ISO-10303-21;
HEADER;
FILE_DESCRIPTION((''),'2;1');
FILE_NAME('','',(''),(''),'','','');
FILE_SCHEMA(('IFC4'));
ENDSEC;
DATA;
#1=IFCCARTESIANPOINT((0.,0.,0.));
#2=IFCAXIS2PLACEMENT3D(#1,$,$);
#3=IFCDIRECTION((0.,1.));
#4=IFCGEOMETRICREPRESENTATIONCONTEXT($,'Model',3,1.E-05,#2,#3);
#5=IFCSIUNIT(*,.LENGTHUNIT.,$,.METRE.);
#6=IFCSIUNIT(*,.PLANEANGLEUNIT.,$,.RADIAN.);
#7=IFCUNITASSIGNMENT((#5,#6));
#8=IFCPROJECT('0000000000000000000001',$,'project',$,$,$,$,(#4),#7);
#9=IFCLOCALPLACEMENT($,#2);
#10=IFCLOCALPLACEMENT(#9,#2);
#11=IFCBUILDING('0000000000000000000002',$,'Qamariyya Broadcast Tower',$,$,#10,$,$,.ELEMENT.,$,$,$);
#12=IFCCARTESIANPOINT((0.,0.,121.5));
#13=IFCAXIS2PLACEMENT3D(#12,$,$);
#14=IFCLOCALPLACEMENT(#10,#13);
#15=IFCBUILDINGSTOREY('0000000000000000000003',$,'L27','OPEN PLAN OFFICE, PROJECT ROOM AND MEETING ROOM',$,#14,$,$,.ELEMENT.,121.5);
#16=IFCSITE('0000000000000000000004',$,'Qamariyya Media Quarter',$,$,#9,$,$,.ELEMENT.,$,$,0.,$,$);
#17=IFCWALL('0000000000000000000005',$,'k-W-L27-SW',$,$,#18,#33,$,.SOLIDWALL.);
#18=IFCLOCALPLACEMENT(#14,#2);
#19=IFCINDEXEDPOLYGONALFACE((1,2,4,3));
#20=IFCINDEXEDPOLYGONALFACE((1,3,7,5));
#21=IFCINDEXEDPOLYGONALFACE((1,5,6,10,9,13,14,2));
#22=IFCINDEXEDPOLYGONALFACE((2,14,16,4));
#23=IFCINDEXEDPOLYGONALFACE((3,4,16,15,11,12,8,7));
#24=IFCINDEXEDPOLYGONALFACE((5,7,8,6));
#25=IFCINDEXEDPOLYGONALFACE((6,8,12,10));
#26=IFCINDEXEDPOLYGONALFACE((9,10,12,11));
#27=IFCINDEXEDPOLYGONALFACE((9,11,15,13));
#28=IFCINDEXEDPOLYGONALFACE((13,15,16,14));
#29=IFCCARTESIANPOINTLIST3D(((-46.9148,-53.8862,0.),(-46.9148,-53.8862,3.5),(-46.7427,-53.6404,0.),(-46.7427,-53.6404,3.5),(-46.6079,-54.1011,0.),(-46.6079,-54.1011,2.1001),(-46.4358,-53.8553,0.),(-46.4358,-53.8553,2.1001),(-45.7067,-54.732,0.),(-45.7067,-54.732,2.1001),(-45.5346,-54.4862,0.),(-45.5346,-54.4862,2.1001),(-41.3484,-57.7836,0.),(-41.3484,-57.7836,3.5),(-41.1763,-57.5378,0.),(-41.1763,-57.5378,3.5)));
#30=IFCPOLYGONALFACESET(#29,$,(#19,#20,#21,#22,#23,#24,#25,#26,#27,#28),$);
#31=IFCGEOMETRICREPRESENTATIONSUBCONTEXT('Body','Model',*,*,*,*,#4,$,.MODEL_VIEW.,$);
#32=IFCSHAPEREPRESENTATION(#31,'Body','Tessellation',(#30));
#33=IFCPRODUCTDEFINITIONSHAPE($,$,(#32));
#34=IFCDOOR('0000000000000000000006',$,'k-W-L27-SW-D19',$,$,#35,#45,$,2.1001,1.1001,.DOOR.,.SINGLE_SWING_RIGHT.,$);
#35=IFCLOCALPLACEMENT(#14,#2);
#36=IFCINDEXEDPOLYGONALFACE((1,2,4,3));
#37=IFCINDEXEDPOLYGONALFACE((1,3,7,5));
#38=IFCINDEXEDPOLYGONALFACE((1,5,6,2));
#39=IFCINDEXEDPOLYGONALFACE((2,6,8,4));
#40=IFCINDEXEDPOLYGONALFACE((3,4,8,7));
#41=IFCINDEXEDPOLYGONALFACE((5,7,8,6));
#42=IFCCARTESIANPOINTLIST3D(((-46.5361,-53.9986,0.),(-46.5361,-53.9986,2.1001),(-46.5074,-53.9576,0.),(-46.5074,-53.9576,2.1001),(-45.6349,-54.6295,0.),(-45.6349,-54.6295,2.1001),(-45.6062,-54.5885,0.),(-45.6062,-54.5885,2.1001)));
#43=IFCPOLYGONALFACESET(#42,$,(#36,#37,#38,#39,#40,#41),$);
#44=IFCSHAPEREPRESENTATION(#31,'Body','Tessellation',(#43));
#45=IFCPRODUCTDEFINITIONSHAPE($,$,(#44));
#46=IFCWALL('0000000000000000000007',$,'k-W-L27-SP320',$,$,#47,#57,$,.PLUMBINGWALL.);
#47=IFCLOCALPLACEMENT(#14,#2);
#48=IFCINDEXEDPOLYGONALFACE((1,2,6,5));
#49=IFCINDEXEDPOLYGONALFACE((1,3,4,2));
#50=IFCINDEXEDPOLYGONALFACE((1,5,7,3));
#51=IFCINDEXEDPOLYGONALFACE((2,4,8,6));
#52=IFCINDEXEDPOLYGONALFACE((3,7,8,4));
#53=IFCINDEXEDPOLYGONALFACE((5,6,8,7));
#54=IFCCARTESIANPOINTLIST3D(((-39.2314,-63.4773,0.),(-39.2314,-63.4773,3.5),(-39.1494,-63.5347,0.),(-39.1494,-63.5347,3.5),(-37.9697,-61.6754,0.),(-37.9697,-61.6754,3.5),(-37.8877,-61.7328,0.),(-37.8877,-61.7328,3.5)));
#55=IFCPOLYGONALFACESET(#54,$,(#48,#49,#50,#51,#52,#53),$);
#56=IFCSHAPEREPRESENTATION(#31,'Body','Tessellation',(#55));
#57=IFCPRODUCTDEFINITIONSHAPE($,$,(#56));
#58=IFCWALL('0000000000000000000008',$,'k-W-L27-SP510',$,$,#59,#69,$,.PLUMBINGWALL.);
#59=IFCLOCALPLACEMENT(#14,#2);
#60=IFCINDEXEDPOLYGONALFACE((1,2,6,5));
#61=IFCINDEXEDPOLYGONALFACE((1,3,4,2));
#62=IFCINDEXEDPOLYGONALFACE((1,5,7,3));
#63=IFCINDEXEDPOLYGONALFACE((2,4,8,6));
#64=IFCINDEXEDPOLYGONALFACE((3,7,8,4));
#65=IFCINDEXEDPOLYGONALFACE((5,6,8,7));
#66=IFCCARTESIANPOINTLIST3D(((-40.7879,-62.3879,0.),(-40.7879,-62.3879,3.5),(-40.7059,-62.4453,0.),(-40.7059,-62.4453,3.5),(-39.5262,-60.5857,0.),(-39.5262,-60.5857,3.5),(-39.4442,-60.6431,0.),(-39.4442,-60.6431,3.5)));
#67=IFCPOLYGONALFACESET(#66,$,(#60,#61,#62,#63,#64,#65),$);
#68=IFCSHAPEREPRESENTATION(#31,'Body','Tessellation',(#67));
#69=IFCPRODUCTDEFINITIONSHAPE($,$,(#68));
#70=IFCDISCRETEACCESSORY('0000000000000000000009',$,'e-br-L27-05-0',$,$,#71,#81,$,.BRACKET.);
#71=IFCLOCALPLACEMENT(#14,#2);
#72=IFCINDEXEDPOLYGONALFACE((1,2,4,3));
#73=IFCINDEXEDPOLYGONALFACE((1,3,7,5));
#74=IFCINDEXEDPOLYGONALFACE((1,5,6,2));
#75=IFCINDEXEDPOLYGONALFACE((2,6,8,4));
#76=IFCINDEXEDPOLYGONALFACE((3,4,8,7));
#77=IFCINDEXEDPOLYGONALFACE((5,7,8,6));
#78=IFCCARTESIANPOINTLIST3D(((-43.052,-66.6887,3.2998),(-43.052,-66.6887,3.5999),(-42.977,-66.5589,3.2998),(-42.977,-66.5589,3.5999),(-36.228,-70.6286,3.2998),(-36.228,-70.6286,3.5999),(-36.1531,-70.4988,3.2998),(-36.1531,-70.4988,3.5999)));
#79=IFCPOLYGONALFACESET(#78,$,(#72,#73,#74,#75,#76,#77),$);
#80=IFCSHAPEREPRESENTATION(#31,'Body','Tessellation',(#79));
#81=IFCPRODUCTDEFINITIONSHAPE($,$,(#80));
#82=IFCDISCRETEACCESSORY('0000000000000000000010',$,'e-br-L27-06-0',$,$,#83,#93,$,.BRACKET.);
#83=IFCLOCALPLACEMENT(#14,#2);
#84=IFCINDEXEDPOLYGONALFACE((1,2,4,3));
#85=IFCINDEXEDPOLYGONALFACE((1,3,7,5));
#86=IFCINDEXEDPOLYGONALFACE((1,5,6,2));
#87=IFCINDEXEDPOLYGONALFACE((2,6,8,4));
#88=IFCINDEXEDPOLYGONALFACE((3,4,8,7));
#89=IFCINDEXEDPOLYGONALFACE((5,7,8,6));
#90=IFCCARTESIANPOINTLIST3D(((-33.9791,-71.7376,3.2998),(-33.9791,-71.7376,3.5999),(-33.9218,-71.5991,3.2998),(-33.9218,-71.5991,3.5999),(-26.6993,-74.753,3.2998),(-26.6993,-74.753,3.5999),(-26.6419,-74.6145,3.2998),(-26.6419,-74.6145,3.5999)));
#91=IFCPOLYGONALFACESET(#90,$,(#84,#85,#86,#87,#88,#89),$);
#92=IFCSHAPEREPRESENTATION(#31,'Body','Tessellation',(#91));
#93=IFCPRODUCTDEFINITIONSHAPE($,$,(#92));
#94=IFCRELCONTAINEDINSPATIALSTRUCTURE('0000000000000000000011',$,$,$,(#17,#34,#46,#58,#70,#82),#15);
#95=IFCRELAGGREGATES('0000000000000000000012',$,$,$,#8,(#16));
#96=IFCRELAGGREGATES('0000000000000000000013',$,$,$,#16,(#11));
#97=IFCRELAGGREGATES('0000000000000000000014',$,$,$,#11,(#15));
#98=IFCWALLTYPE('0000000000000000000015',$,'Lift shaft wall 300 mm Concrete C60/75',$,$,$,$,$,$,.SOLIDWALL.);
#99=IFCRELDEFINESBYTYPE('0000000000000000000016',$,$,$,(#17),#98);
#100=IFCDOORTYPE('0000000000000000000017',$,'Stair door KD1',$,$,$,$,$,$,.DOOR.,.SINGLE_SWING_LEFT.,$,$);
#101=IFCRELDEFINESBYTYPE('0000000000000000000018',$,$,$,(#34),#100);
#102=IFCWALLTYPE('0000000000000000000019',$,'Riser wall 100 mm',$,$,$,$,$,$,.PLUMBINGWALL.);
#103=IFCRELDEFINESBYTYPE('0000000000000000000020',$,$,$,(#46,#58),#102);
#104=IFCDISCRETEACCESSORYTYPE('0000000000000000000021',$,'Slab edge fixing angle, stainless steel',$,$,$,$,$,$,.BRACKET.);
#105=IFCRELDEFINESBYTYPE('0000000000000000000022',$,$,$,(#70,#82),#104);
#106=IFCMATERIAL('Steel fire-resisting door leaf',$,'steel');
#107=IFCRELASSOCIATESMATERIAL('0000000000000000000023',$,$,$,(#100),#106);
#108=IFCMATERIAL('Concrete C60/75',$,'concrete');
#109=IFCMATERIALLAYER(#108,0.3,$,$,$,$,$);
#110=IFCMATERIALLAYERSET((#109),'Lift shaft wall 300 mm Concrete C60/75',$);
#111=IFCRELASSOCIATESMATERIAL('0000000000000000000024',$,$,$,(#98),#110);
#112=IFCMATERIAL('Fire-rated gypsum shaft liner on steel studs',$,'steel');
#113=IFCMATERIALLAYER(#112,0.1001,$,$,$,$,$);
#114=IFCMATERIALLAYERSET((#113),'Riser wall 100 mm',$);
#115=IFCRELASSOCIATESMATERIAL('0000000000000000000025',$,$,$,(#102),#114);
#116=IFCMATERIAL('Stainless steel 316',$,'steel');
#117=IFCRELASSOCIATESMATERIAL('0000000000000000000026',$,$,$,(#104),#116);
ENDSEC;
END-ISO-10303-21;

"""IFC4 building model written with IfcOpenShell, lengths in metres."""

from ifc_helpers import new_model, si_unit, direction, frame, frame_2d, origin, origin_2d, place, context, subcontext, project, spatial, rectangle, extrude, material, layer, layer_set, type_object, element, fill, save


model = new_model("IFC4")

# Units and contexts
model_context = context("Model", 3, precision=1e-05, world=origin(), true_north=direction((0.0, 1.0)))
body_context = subcontext(model_context, "Body", "Model", "MODEL_VIEW")
ifc_project = project(units=[si_unit("LENGTHUNIT", "METRE"), si_unit("PLANEANGLEUNIT", "RADIAN")], contexts=[model_context])

# Site, building, storey
site_placement = place(None, origin())
site = spatial("IfcSite", under=ifc_project, at=site_placement, Name="Qamariyya Media Quarter", CompositionType="ELEMENT", RefElevation=0.0)
building_placement = place(site_placement, origin())
building = spatial("IfcBuilding", under=site, at=building_placement, Name="Qamariyya Broadcast Tower", CompositionType="ELEMENT")
storey_placement = place(building_placement, frame((0.0, 0.0, 121.5)))
storey = spatial("IfcBuildingStorey", under=building, at=storey_placement, Name="L27", Description="OPEN PLAN OFFICE, PROJECT ROOM AND MEETING ROOM", CompositionType="ELEMENT", Elevation=121.5)

# Shared definitions
ifc_material_1 = material(Name="Steel fire-resisting door leaf", Category="steel")

# Shared definitions
door_type_1 = type_object("IfcDoorType", Name="Stair door KD1", OperationType="SINGLE_SWING_LEFT", PredefinedType="DOOR", material=ifc_material_1)

# Shared definitions
ifc_material_2 = material(Name="Concrete C60/75", Category="concrete")
ifc_layer_1 = layer(ifc_material_2, 0.3)
ifc_layer_set_1 = layer_set([ifc_layer_1], Name="Lift shaft wall 300 mm Concrete C60/75")
wall_type_1 = type_object("IfcWallType", Name="Lift shaft wall 300 mm Concrete C60/75", PredefinedType="SOLIDWALL", material=ifc_layer_set_1)

# Wall, opening, door
wall_1_placement = place(storey_placement, frame((-41.2625, -57.6606, 0.0), z_axis=(0.0, 0.0, 1.0), x_axis=(-0.819164, 0.573559, 0.0)))
wall_1 = element("IfcWall", 1, at=wall_1_placement, inside=storey, type_object=wall_type_1, Name="k-W-L27-SW", PredefinedType="SOLIDWALL", context=body_context, shape_type="SweptSolid", body=[
    extrude(rectangle(XDim=6.7952, YDim=0.3, at=frame_2d((3.3975, 0.0))), origin(), (0.0, 0.0, 1.0), 3.5),
])
opening_1_placement = place(wall_1_placement, frame((5.3203, 0.0, 0.0)))
opening_1 = element("IfcOpeningElement", 2, at=opening_1_placement, cuts=wall_1, PredefinedType="OPENING", context=body_context, shape_type="SweptSolid", body=[
    extrude(rectangle(XDim=1.1001, YDim=2.1001, at=frame_2d((0.55, 1.05))), frame((0.0, 0.1599, 0.0), z_axis=(0.0, -1.0, 0.0), x_axis=(1.0, 0.0, 0.0)), (0.0, 0.0, 1.0), 0.3201),
])
door_1_placement = place(opening_1_placement, origin())
door_1 = element("IfcDoor", 3, at=door_1_placement, inside=storey, type_object=door_type_1, Name="k-W-L27-SW-D19", OperationType="SINGLE_SWING_RIGHT", OverallHeight=2.1001, OverallWidth=1.1001, PredefinedType="DOOR", context=body_context, shape_type="SweptSolid", body=[
    extrude(rectangle(XDim=1.1001, YDim=2.1001, at=frame_2d((0.55, 1.05))), frame((0.0, 0.0249, 0.0), z_axis=(0.0, -1.0, 0.0), x_axis=(1.0, 0.0, 0.0)), (0.0, 0.0, 1.0), 0.05),
])
fill(opening_1, door_1)

# Walls
ifc_material_3 = material(Name="Fire-rated gypsum shaft liner on steel studs", Category="steel")
ifc_layer_2 = layer(ifc_material_3, 0.1001)
ifc_layer_set_2 = layer_set([ifc_layer_2], Name="Riser wall 100 mm")
wall_type_2 = type_object("IfcWallType", Name="Riser wall 100 mm", PredefinedType="PLUMBINGWALL", material=ifc_layer_set_2)
wall_2_placement = place(storey_placement, frame((-37.9287, -61.7041, 0.0), z_axis=(0.0, 0.0, 1.0), x_axis=(-0.573559, -0.819164, 0.0)))
element("IfcWall", 4, at=wall_2_placement, inside=storey, type_object=wall_type_2, Name="k-W-L27-SP320", PredefinedType="PLUMBINGWALL", context=body_context, shape_type="SweptSolid", body=[
    extrude(rectangle(XDim=2.1997, YDim=0.1001, at=frame_2d((1.0999, 0.0))), origin(), (0.0, 0.0, 1.0), 3.5),
])
wall_3_placement = place(storey_placement, frame((-39.4851, -60.6143, 0.0), z_axis=(0.0, 0.0, 1.0), x_axis=(-0.573507, -0.819201, 0.0)))
element("IfcWall", 5, at=wall_3_placement, inside=storey, type_object=wall_type_2, Name="k-W-L27-SP510", PredefinedType="PLUMBINGWALL", context=body_context, shape_type="SweptSolid", body=[
    extrude(rectangle(XDim=2.2, YDim=0.1001, at=frame_2d((1.1001, 0.0))), origin(), (0.0, 0.0, 1.0), 3.5),
])

# Discrete accessories
ifc_material_4 = material(Name="Stainless steel 316", Category="steel")
discrete_accessory_type = type_object("IfcDiscreteAccessoryType", Name="Slab edge fixing angle, stainless steel", PredefinedType="BRACKET", material=ifc_material_4)
for number, where, z_axis, x_axis, name in (
    (6, (-39.6025, -68.5938, 3.2998), (0.0, 0.0, 1.0), (0.866025, -0.5, 0.0), "e-br-L27-05-0"),
    (7, (-30.3105, -73.176, 3.2998), (0.0, 0.0, 1.0), (0.92388, -0.382683, 0.0), "e-br-L27-06-0"),
):
    element("IfcDiscreteAccessory", number, at=place(storey_placement, frame(where, z_axis=z_axis, x_axis=x_axis)), inside=storey, type_object=discrete_accessory_type, Name=name, PredefinedType="BRACKET", context=body_context, shape_type="SweptSolid", body=[
        extrude(rectangle(XDim=7.8796, YDim=0.1499, at=origin_2d()), origin(), (0.0, 0.0, 1.0), 0.3),
    ])

save(model, "model.ifc")
